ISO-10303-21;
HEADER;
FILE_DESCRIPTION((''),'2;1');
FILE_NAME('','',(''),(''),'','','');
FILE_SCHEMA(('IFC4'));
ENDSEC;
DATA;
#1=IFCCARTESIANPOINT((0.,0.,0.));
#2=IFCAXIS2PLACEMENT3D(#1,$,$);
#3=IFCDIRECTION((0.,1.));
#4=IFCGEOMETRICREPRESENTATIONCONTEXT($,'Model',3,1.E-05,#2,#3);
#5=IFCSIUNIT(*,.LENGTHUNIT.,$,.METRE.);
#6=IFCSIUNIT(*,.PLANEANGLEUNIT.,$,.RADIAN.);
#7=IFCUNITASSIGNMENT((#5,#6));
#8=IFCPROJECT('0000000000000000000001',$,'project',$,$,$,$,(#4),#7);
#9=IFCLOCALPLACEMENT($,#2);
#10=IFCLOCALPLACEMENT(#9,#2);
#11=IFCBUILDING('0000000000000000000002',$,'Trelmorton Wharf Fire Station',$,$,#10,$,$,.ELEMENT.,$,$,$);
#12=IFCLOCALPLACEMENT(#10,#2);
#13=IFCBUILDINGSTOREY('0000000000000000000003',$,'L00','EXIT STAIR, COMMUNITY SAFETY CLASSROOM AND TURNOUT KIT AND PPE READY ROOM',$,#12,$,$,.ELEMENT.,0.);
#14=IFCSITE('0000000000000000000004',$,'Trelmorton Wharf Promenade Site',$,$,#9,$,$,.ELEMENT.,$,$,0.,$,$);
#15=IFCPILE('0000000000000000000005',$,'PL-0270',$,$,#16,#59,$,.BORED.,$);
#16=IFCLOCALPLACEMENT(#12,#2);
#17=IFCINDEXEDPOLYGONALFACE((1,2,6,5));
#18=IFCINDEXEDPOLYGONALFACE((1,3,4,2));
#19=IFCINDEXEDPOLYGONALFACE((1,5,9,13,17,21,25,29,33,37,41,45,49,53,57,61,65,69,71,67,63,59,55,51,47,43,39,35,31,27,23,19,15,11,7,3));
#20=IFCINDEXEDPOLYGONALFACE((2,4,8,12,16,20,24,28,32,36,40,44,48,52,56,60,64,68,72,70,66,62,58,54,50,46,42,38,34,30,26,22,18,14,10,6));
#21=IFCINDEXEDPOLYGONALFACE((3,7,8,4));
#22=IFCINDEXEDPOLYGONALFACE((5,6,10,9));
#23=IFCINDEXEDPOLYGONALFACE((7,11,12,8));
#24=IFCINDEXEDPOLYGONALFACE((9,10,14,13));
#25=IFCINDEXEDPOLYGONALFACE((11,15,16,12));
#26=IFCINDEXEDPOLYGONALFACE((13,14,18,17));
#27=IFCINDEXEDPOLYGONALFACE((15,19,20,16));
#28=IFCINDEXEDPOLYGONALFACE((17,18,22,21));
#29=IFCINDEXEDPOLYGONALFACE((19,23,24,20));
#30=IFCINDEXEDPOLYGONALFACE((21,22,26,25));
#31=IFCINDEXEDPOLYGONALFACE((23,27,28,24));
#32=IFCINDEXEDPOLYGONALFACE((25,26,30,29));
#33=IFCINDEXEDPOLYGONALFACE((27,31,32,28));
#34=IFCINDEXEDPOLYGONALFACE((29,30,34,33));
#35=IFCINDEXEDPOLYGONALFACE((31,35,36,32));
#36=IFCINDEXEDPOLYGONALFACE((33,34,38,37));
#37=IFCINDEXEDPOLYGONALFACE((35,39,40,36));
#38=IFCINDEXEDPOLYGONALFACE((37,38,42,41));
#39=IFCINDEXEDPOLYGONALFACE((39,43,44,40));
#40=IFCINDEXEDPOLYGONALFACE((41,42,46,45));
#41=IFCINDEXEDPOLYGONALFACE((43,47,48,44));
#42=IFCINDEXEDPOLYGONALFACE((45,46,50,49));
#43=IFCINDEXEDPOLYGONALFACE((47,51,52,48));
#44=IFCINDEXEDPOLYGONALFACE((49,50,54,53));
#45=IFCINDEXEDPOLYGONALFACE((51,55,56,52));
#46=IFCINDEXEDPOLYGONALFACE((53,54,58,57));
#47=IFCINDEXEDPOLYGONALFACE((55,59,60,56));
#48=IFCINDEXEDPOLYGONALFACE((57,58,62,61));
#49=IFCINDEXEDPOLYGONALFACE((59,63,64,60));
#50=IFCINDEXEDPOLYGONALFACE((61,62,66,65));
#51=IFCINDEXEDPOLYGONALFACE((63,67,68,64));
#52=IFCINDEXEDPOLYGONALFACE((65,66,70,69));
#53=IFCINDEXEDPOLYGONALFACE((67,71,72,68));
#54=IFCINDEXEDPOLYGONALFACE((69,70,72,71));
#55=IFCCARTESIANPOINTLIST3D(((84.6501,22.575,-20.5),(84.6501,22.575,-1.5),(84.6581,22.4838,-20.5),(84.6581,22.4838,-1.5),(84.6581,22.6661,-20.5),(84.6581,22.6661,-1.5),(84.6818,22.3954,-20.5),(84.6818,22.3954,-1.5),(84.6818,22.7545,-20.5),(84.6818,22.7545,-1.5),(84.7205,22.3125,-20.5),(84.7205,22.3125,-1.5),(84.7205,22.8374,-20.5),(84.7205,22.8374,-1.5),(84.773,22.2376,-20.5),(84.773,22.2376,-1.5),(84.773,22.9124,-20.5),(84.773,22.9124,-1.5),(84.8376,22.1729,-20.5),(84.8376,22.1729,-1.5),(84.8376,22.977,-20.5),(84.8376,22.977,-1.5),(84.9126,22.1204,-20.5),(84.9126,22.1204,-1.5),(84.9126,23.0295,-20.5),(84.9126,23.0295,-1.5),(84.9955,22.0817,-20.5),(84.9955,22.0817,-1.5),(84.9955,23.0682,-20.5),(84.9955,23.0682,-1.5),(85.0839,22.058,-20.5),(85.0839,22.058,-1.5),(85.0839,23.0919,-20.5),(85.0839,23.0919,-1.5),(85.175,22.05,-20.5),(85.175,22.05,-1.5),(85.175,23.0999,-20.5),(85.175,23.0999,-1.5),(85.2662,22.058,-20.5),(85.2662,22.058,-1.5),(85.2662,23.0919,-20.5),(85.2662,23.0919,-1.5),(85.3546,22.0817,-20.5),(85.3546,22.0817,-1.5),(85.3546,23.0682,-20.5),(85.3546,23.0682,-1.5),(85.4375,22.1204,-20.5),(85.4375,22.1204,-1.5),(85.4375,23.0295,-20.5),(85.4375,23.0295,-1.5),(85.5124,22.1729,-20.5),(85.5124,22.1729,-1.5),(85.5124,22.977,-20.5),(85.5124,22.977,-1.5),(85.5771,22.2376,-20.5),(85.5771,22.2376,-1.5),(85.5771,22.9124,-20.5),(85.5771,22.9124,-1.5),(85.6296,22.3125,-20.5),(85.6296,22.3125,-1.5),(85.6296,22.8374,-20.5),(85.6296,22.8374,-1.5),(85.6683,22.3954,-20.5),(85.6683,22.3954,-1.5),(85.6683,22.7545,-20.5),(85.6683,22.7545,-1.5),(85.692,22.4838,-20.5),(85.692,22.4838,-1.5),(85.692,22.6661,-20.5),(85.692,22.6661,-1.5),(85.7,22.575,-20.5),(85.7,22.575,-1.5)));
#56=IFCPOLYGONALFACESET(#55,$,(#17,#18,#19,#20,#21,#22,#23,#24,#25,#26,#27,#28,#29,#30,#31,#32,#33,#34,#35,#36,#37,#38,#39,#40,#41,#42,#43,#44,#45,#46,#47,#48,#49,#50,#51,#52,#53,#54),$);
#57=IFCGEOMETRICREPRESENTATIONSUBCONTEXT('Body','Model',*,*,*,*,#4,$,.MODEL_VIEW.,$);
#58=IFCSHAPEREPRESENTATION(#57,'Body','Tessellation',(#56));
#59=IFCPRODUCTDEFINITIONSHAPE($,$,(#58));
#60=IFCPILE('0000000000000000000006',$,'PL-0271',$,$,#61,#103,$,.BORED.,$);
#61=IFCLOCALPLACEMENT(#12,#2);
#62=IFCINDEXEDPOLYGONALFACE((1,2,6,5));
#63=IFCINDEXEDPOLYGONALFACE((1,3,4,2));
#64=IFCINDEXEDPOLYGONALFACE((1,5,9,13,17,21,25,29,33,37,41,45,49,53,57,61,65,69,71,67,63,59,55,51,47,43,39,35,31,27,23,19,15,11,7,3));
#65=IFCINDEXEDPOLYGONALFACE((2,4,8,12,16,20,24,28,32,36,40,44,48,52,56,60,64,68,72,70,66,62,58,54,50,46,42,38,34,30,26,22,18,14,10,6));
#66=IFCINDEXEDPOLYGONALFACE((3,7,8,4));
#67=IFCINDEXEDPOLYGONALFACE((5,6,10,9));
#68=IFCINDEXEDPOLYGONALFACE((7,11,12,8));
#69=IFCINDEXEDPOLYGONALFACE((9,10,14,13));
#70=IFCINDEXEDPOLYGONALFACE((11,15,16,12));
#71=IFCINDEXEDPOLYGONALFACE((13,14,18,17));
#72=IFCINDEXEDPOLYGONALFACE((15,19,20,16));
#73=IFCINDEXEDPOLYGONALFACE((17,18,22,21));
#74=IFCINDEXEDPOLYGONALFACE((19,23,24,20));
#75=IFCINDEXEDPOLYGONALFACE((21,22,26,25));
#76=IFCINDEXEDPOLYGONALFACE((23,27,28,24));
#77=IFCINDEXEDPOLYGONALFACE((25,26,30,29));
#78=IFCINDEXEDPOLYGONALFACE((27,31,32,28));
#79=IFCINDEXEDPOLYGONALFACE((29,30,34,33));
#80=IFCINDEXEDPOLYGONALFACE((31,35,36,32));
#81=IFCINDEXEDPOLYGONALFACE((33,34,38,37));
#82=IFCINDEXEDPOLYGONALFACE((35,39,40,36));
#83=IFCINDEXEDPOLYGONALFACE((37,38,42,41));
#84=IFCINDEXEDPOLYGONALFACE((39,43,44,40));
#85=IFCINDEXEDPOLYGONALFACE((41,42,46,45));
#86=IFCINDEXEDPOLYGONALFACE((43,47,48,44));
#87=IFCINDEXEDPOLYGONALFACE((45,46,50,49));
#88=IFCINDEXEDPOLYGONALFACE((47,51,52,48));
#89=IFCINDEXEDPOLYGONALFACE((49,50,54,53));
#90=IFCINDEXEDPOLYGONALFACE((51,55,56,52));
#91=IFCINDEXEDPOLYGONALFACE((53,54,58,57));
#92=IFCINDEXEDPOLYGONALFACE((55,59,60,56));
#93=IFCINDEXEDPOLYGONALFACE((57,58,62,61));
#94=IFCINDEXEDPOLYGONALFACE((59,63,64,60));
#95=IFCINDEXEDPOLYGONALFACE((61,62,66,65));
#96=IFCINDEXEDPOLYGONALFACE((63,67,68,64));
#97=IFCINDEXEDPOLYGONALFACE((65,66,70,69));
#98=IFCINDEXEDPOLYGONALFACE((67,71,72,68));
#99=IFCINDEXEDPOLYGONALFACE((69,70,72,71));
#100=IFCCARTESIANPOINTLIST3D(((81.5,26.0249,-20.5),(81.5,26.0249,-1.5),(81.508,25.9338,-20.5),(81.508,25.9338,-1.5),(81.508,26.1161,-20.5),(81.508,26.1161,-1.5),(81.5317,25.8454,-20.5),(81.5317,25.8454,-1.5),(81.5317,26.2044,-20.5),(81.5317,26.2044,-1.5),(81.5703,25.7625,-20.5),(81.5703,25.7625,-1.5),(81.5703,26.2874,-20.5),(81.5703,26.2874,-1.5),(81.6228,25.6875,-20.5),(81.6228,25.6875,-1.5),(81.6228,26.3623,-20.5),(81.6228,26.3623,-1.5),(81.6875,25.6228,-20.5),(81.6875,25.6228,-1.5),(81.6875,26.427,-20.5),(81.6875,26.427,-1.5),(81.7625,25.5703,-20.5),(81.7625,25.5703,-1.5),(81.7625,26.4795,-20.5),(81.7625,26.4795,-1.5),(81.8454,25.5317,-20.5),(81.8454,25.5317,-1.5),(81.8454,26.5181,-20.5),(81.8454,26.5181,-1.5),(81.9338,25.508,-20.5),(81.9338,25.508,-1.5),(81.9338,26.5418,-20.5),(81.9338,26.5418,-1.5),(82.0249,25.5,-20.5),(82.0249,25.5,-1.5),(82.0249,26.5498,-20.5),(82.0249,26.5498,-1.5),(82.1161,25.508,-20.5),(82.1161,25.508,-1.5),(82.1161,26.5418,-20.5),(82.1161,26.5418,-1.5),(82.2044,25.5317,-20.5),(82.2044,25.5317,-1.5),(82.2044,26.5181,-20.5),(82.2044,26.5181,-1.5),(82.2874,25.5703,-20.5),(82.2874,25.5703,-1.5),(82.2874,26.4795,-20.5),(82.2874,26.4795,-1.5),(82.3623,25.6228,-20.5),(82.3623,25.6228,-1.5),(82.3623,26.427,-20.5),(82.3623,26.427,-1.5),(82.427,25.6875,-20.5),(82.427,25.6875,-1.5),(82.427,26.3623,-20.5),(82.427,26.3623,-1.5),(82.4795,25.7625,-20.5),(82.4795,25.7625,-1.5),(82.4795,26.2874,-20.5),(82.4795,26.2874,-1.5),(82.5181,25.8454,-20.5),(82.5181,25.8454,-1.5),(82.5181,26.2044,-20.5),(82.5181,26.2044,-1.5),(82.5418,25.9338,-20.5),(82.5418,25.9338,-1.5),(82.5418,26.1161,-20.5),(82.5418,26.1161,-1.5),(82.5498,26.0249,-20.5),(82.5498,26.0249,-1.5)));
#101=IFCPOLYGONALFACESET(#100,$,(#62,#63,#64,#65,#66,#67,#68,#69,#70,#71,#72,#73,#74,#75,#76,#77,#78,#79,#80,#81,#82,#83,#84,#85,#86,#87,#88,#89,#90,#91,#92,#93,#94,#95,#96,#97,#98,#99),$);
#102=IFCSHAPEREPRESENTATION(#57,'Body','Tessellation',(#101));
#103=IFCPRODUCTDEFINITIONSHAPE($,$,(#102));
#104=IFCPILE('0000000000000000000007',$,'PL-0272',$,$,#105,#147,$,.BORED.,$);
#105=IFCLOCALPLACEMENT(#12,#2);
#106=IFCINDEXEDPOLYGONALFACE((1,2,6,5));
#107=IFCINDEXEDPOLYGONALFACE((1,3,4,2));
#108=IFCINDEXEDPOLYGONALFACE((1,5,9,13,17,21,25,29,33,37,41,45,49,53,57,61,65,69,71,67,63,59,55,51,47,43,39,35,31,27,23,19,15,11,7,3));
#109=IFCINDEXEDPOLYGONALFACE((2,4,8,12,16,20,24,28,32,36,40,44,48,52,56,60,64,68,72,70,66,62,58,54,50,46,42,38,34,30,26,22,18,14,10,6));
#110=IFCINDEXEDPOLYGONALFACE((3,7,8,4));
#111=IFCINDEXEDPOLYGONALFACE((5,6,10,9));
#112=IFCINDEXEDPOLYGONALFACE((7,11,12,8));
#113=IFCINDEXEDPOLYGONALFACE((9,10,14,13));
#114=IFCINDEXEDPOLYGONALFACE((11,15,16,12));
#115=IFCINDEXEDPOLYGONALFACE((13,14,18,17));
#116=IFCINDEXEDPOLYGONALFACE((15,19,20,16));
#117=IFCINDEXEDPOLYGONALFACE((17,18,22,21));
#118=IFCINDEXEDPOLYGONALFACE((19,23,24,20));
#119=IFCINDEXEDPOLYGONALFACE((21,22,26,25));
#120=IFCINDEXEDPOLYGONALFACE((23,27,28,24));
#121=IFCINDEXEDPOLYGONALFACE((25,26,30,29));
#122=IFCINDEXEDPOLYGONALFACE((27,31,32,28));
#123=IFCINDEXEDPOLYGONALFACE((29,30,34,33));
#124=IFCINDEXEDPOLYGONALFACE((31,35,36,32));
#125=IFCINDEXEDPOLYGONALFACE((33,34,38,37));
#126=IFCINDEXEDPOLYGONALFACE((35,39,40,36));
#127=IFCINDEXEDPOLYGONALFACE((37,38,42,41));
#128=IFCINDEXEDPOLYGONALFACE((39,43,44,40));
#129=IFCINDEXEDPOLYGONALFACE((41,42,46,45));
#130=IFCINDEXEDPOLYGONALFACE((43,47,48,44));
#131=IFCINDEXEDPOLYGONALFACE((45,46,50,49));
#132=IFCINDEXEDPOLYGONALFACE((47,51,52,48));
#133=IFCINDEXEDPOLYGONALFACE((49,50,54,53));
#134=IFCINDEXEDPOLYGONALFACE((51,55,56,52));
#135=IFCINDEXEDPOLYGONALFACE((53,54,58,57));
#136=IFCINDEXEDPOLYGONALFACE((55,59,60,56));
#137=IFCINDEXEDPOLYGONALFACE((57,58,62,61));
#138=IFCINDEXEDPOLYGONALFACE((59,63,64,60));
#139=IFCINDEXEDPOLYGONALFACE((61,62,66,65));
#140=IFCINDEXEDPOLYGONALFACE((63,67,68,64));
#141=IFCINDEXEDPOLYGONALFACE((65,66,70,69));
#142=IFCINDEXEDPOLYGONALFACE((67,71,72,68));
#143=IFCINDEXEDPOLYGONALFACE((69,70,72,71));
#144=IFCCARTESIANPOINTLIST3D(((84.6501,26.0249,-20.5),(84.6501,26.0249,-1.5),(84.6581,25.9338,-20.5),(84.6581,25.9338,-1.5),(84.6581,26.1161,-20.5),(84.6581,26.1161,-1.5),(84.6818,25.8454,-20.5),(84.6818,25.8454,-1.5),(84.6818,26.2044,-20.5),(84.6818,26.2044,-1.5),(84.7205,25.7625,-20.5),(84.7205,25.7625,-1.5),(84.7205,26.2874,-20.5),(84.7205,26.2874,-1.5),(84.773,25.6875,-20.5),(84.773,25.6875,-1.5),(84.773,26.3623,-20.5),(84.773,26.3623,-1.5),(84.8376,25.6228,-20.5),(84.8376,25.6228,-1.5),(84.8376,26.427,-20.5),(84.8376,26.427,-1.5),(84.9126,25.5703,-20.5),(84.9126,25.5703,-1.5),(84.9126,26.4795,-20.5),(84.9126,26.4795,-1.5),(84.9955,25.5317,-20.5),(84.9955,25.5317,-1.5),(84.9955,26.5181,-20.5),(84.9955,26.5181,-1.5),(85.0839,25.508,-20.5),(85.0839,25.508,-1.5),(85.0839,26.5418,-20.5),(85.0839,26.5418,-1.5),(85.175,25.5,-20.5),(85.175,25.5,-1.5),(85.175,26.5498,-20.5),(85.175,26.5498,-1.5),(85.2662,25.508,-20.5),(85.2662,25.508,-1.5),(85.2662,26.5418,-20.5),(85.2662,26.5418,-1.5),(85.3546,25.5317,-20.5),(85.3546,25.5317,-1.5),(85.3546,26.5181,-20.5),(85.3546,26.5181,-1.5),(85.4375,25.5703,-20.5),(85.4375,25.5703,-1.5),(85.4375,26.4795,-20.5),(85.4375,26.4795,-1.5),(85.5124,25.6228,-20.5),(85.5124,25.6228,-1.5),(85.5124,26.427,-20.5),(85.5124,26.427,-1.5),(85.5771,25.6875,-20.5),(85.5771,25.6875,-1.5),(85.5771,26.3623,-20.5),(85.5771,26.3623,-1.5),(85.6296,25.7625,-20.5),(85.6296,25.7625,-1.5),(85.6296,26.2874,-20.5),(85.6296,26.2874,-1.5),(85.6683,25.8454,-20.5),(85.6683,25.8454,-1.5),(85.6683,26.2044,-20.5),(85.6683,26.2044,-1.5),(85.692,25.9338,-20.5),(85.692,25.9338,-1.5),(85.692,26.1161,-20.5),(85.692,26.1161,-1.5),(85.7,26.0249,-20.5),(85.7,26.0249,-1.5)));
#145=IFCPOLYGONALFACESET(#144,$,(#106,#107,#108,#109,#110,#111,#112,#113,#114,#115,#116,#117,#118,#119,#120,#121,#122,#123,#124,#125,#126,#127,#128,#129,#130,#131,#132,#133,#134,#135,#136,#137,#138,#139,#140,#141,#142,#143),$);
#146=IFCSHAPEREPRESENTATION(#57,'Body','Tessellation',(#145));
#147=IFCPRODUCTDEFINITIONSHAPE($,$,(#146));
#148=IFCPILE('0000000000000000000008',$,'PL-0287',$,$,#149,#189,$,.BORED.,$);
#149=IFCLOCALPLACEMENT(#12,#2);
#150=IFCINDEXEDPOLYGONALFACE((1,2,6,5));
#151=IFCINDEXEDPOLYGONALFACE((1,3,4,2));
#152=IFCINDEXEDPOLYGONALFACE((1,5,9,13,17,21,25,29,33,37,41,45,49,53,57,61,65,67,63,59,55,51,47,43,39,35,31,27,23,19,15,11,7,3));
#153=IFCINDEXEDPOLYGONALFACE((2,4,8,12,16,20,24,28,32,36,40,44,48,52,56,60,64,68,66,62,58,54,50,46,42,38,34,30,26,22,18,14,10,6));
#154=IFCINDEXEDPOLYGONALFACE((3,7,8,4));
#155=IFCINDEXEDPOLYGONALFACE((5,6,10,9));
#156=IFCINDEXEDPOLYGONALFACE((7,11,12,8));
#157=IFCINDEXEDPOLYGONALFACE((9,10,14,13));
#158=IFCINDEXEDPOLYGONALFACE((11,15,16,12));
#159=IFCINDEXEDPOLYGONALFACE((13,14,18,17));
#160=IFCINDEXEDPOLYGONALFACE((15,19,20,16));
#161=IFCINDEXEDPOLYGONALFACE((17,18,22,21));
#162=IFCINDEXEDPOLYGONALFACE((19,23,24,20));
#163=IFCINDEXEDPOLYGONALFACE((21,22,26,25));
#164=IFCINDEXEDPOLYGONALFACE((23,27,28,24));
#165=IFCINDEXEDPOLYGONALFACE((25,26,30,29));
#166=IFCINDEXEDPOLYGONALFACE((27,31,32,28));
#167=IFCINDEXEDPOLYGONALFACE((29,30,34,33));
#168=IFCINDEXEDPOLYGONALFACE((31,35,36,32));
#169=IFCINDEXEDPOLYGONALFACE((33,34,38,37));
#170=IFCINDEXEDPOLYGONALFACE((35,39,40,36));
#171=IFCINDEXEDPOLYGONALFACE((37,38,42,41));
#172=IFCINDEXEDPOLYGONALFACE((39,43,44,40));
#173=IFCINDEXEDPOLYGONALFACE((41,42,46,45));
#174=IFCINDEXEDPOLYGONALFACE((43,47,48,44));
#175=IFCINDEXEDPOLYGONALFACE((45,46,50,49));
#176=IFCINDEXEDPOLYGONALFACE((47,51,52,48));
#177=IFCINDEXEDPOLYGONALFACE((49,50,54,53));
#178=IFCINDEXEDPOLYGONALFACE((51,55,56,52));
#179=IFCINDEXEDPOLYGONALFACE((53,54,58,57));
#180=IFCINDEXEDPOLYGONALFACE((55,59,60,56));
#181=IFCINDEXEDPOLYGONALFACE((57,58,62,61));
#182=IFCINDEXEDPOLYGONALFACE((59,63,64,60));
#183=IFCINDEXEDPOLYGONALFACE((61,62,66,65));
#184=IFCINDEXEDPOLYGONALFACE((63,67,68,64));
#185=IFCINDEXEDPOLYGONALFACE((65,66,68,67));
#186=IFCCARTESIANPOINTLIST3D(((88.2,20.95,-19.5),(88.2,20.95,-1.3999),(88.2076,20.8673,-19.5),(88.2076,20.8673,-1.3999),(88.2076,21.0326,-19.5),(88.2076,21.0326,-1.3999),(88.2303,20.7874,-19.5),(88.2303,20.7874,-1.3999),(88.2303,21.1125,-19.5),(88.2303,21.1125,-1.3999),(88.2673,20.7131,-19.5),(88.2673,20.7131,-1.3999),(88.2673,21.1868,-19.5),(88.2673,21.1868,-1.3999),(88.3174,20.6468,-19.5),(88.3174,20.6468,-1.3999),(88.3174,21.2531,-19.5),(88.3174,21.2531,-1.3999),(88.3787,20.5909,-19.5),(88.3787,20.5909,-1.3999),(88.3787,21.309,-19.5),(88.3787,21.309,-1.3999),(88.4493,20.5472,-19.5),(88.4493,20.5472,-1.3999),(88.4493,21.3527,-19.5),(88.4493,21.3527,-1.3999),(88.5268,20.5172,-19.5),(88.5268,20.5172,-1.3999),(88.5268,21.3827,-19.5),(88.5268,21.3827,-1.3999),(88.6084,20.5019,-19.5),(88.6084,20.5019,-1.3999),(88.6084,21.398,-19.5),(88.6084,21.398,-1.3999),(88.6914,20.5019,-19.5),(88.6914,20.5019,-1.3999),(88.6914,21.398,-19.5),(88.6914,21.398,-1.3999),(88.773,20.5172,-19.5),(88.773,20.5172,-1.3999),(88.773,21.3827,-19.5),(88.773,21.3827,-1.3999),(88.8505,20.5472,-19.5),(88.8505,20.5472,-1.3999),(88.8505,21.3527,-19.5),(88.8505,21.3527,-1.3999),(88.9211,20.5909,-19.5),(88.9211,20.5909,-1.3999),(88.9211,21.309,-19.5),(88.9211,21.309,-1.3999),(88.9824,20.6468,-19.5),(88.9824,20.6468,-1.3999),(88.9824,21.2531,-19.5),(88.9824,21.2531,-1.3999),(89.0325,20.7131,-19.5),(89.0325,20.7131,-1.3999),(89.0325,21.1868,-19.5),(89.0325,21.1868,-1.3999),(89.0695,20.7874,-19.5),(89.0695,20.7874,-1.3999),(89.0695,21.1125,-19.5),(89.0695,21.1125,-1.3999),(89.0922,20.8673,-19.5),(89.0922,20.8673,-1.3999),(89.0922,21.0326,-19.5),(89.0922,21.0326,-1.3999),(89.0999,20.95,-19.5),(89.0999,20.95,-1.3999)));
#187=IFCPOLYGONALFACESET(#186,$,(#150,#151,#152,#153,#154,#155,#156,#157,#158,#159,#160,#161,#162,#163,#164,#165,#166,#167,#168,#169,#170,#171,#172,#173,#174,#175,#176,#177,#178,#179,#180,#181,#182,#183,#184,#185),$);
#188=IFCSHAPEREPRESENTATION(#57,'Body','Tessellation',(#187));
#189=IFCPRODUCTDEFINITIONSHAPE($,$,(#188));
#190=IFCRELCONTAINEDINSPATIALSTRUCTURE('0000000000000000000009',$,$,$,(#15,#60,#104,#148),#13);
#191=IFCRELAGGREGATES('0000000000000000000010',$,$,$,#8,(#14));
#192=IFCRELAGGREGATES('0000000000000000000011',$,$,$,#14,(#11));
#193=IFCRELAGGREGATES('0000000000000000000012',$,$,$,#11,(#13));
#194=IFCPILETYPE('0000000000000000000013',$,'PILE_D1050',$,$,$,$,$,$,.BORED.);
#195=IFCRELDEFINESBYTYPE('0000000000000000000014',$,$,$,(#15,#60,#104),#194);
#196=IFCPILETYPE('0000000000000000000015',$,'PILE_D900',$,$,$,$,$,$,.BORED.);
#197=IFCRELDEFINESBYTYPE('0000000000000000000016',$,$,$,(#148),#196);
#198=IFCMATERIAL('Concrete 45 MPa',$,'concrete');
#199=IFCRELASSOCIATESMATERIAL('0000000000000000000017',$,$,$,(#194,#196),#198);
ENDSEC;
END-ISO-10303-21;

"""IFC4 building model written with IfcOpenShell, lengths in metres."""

from ifc_helpers import new_model, si_unit, direction, frame, origin, origin_2d, place, context, subcontext, project, spatial, circle, extrude, material, material_profile, profile_set, type_object, element, save


model = new_model("IFC4")

# Units and contexts
model_context = context("Model", 3, precision=1e-05, world=origin(), true_north=direction((0.0, 1.0)))
body_context = subcontext(model_context, "Body", "Model", "MODEL_VIEW")
ifc_project = project(units=[si_unit("LENGTHUNIT", "METRE"), si_unit("PLANEANGLEUNIT", "RADIAN")], contexts=[model_context])

# Site, building, storey
site_placement = place(None, origin())
site = spatial("IfcSite", under=ifc_project, at=site_placement, Name="Trelmorton Wharf Promenade Site", CompositionType="ELEMENT", RefElevation=0.0)
building_placement = place(site_placement, origin())
building = spatial("IfcBuilding", under=site, at=building_placement, Name="Trelmorton Wharf Fire Station", CompositionType="ELEMENT")
storey_placement = place(building_placement, origin())
storey = spatial("IfcBuildingStorey", under=building, at=storey_placement, Name="L00", Description="EXIT STAIR, COMMUNITY SAFETY CLASSROOM AND TURNOUT KIT AND PPE READY ROOM", CompositionType="ELEMENT", Elevation=0.0)

# Piles
ifc_material_1 = material(Name="Concrete 45 MPa", Category="concrete")
ifc_material_profile_1 = material_profile(ifc_material_1, circle(Radius=0.5249, at=origin_2d()), Name="PILE-D1050")
ifc_profile_set_1 = profile_set([ifc_material_profile_1], Name="Concrete 45 MPa")
pile_type_1 = type_object("IfcPileType", Name="PILE_D1050", PredefinedType="BORED", material=ifc_profile_set_1)
for number, where, z_axis, x_axis, name in (
    (1, (85.175, 22.575, -1.5), (0.0, 0.0, -1.0), (1.0, 0.0, 0.0), "PL-0270"),
    (2, (82.0249, 26.0249, -1.5), (0.0, 0.0, -1.0), (1.0, 0.0, 0.0), "PL-0271"),
    (3, (85.175, 26.0249, -1.5), (0.0, 0.0, -1.0), (1.0, 0.0, 0.0), "PL-0272"),
):
    element("IfcPile", number, at=place(storey_placement, frame(where, z_axis=z_axis, x_axis=x_axis)), inside=storey, type_object=pile_type_1, Name=name, PredefinedType="BORED", context=body_context, shape_type="SweptSolid", body=[
        extrude(circle(Radius=0.5249, at=origin_2d()), origin(), (0.0, 0.0, 1.0), 19.0),
    ])
ifc_material_profile_2 = material_profile(ifc_material_1, circle(Radius=0.45, at=origin_2d()), Name="PILE-D900")
ifc_profile_set_2 = profile_set([ifc_material_profile_2], Name="Concrete 45 MPa")
pile_type_2 = type_object("IfcPileType", Name="PILE_D900", PredefinedType="BORED", material=ifc_profile_set_2)
pile_placement = place(storey_placement, frame((88.6499, 20.95, -1.3999), z_axis=(0.0, 0.0, -1.0), x_axis=(1.0, 0.0, 0.0)))
element("IfcPile", 4, at=pile_placement, inside=storey, type_object=pile_type_2, Name="PL-0287", PredefinedType="BORED", context=body_context, shape_type="SweptSolid", body=[
    extrude(circle(Radius=0.45, at=origin_2d()), origin(), (0.0, 0.0, 1.0), 18.1001),
])

save(model, "model.ifc")
